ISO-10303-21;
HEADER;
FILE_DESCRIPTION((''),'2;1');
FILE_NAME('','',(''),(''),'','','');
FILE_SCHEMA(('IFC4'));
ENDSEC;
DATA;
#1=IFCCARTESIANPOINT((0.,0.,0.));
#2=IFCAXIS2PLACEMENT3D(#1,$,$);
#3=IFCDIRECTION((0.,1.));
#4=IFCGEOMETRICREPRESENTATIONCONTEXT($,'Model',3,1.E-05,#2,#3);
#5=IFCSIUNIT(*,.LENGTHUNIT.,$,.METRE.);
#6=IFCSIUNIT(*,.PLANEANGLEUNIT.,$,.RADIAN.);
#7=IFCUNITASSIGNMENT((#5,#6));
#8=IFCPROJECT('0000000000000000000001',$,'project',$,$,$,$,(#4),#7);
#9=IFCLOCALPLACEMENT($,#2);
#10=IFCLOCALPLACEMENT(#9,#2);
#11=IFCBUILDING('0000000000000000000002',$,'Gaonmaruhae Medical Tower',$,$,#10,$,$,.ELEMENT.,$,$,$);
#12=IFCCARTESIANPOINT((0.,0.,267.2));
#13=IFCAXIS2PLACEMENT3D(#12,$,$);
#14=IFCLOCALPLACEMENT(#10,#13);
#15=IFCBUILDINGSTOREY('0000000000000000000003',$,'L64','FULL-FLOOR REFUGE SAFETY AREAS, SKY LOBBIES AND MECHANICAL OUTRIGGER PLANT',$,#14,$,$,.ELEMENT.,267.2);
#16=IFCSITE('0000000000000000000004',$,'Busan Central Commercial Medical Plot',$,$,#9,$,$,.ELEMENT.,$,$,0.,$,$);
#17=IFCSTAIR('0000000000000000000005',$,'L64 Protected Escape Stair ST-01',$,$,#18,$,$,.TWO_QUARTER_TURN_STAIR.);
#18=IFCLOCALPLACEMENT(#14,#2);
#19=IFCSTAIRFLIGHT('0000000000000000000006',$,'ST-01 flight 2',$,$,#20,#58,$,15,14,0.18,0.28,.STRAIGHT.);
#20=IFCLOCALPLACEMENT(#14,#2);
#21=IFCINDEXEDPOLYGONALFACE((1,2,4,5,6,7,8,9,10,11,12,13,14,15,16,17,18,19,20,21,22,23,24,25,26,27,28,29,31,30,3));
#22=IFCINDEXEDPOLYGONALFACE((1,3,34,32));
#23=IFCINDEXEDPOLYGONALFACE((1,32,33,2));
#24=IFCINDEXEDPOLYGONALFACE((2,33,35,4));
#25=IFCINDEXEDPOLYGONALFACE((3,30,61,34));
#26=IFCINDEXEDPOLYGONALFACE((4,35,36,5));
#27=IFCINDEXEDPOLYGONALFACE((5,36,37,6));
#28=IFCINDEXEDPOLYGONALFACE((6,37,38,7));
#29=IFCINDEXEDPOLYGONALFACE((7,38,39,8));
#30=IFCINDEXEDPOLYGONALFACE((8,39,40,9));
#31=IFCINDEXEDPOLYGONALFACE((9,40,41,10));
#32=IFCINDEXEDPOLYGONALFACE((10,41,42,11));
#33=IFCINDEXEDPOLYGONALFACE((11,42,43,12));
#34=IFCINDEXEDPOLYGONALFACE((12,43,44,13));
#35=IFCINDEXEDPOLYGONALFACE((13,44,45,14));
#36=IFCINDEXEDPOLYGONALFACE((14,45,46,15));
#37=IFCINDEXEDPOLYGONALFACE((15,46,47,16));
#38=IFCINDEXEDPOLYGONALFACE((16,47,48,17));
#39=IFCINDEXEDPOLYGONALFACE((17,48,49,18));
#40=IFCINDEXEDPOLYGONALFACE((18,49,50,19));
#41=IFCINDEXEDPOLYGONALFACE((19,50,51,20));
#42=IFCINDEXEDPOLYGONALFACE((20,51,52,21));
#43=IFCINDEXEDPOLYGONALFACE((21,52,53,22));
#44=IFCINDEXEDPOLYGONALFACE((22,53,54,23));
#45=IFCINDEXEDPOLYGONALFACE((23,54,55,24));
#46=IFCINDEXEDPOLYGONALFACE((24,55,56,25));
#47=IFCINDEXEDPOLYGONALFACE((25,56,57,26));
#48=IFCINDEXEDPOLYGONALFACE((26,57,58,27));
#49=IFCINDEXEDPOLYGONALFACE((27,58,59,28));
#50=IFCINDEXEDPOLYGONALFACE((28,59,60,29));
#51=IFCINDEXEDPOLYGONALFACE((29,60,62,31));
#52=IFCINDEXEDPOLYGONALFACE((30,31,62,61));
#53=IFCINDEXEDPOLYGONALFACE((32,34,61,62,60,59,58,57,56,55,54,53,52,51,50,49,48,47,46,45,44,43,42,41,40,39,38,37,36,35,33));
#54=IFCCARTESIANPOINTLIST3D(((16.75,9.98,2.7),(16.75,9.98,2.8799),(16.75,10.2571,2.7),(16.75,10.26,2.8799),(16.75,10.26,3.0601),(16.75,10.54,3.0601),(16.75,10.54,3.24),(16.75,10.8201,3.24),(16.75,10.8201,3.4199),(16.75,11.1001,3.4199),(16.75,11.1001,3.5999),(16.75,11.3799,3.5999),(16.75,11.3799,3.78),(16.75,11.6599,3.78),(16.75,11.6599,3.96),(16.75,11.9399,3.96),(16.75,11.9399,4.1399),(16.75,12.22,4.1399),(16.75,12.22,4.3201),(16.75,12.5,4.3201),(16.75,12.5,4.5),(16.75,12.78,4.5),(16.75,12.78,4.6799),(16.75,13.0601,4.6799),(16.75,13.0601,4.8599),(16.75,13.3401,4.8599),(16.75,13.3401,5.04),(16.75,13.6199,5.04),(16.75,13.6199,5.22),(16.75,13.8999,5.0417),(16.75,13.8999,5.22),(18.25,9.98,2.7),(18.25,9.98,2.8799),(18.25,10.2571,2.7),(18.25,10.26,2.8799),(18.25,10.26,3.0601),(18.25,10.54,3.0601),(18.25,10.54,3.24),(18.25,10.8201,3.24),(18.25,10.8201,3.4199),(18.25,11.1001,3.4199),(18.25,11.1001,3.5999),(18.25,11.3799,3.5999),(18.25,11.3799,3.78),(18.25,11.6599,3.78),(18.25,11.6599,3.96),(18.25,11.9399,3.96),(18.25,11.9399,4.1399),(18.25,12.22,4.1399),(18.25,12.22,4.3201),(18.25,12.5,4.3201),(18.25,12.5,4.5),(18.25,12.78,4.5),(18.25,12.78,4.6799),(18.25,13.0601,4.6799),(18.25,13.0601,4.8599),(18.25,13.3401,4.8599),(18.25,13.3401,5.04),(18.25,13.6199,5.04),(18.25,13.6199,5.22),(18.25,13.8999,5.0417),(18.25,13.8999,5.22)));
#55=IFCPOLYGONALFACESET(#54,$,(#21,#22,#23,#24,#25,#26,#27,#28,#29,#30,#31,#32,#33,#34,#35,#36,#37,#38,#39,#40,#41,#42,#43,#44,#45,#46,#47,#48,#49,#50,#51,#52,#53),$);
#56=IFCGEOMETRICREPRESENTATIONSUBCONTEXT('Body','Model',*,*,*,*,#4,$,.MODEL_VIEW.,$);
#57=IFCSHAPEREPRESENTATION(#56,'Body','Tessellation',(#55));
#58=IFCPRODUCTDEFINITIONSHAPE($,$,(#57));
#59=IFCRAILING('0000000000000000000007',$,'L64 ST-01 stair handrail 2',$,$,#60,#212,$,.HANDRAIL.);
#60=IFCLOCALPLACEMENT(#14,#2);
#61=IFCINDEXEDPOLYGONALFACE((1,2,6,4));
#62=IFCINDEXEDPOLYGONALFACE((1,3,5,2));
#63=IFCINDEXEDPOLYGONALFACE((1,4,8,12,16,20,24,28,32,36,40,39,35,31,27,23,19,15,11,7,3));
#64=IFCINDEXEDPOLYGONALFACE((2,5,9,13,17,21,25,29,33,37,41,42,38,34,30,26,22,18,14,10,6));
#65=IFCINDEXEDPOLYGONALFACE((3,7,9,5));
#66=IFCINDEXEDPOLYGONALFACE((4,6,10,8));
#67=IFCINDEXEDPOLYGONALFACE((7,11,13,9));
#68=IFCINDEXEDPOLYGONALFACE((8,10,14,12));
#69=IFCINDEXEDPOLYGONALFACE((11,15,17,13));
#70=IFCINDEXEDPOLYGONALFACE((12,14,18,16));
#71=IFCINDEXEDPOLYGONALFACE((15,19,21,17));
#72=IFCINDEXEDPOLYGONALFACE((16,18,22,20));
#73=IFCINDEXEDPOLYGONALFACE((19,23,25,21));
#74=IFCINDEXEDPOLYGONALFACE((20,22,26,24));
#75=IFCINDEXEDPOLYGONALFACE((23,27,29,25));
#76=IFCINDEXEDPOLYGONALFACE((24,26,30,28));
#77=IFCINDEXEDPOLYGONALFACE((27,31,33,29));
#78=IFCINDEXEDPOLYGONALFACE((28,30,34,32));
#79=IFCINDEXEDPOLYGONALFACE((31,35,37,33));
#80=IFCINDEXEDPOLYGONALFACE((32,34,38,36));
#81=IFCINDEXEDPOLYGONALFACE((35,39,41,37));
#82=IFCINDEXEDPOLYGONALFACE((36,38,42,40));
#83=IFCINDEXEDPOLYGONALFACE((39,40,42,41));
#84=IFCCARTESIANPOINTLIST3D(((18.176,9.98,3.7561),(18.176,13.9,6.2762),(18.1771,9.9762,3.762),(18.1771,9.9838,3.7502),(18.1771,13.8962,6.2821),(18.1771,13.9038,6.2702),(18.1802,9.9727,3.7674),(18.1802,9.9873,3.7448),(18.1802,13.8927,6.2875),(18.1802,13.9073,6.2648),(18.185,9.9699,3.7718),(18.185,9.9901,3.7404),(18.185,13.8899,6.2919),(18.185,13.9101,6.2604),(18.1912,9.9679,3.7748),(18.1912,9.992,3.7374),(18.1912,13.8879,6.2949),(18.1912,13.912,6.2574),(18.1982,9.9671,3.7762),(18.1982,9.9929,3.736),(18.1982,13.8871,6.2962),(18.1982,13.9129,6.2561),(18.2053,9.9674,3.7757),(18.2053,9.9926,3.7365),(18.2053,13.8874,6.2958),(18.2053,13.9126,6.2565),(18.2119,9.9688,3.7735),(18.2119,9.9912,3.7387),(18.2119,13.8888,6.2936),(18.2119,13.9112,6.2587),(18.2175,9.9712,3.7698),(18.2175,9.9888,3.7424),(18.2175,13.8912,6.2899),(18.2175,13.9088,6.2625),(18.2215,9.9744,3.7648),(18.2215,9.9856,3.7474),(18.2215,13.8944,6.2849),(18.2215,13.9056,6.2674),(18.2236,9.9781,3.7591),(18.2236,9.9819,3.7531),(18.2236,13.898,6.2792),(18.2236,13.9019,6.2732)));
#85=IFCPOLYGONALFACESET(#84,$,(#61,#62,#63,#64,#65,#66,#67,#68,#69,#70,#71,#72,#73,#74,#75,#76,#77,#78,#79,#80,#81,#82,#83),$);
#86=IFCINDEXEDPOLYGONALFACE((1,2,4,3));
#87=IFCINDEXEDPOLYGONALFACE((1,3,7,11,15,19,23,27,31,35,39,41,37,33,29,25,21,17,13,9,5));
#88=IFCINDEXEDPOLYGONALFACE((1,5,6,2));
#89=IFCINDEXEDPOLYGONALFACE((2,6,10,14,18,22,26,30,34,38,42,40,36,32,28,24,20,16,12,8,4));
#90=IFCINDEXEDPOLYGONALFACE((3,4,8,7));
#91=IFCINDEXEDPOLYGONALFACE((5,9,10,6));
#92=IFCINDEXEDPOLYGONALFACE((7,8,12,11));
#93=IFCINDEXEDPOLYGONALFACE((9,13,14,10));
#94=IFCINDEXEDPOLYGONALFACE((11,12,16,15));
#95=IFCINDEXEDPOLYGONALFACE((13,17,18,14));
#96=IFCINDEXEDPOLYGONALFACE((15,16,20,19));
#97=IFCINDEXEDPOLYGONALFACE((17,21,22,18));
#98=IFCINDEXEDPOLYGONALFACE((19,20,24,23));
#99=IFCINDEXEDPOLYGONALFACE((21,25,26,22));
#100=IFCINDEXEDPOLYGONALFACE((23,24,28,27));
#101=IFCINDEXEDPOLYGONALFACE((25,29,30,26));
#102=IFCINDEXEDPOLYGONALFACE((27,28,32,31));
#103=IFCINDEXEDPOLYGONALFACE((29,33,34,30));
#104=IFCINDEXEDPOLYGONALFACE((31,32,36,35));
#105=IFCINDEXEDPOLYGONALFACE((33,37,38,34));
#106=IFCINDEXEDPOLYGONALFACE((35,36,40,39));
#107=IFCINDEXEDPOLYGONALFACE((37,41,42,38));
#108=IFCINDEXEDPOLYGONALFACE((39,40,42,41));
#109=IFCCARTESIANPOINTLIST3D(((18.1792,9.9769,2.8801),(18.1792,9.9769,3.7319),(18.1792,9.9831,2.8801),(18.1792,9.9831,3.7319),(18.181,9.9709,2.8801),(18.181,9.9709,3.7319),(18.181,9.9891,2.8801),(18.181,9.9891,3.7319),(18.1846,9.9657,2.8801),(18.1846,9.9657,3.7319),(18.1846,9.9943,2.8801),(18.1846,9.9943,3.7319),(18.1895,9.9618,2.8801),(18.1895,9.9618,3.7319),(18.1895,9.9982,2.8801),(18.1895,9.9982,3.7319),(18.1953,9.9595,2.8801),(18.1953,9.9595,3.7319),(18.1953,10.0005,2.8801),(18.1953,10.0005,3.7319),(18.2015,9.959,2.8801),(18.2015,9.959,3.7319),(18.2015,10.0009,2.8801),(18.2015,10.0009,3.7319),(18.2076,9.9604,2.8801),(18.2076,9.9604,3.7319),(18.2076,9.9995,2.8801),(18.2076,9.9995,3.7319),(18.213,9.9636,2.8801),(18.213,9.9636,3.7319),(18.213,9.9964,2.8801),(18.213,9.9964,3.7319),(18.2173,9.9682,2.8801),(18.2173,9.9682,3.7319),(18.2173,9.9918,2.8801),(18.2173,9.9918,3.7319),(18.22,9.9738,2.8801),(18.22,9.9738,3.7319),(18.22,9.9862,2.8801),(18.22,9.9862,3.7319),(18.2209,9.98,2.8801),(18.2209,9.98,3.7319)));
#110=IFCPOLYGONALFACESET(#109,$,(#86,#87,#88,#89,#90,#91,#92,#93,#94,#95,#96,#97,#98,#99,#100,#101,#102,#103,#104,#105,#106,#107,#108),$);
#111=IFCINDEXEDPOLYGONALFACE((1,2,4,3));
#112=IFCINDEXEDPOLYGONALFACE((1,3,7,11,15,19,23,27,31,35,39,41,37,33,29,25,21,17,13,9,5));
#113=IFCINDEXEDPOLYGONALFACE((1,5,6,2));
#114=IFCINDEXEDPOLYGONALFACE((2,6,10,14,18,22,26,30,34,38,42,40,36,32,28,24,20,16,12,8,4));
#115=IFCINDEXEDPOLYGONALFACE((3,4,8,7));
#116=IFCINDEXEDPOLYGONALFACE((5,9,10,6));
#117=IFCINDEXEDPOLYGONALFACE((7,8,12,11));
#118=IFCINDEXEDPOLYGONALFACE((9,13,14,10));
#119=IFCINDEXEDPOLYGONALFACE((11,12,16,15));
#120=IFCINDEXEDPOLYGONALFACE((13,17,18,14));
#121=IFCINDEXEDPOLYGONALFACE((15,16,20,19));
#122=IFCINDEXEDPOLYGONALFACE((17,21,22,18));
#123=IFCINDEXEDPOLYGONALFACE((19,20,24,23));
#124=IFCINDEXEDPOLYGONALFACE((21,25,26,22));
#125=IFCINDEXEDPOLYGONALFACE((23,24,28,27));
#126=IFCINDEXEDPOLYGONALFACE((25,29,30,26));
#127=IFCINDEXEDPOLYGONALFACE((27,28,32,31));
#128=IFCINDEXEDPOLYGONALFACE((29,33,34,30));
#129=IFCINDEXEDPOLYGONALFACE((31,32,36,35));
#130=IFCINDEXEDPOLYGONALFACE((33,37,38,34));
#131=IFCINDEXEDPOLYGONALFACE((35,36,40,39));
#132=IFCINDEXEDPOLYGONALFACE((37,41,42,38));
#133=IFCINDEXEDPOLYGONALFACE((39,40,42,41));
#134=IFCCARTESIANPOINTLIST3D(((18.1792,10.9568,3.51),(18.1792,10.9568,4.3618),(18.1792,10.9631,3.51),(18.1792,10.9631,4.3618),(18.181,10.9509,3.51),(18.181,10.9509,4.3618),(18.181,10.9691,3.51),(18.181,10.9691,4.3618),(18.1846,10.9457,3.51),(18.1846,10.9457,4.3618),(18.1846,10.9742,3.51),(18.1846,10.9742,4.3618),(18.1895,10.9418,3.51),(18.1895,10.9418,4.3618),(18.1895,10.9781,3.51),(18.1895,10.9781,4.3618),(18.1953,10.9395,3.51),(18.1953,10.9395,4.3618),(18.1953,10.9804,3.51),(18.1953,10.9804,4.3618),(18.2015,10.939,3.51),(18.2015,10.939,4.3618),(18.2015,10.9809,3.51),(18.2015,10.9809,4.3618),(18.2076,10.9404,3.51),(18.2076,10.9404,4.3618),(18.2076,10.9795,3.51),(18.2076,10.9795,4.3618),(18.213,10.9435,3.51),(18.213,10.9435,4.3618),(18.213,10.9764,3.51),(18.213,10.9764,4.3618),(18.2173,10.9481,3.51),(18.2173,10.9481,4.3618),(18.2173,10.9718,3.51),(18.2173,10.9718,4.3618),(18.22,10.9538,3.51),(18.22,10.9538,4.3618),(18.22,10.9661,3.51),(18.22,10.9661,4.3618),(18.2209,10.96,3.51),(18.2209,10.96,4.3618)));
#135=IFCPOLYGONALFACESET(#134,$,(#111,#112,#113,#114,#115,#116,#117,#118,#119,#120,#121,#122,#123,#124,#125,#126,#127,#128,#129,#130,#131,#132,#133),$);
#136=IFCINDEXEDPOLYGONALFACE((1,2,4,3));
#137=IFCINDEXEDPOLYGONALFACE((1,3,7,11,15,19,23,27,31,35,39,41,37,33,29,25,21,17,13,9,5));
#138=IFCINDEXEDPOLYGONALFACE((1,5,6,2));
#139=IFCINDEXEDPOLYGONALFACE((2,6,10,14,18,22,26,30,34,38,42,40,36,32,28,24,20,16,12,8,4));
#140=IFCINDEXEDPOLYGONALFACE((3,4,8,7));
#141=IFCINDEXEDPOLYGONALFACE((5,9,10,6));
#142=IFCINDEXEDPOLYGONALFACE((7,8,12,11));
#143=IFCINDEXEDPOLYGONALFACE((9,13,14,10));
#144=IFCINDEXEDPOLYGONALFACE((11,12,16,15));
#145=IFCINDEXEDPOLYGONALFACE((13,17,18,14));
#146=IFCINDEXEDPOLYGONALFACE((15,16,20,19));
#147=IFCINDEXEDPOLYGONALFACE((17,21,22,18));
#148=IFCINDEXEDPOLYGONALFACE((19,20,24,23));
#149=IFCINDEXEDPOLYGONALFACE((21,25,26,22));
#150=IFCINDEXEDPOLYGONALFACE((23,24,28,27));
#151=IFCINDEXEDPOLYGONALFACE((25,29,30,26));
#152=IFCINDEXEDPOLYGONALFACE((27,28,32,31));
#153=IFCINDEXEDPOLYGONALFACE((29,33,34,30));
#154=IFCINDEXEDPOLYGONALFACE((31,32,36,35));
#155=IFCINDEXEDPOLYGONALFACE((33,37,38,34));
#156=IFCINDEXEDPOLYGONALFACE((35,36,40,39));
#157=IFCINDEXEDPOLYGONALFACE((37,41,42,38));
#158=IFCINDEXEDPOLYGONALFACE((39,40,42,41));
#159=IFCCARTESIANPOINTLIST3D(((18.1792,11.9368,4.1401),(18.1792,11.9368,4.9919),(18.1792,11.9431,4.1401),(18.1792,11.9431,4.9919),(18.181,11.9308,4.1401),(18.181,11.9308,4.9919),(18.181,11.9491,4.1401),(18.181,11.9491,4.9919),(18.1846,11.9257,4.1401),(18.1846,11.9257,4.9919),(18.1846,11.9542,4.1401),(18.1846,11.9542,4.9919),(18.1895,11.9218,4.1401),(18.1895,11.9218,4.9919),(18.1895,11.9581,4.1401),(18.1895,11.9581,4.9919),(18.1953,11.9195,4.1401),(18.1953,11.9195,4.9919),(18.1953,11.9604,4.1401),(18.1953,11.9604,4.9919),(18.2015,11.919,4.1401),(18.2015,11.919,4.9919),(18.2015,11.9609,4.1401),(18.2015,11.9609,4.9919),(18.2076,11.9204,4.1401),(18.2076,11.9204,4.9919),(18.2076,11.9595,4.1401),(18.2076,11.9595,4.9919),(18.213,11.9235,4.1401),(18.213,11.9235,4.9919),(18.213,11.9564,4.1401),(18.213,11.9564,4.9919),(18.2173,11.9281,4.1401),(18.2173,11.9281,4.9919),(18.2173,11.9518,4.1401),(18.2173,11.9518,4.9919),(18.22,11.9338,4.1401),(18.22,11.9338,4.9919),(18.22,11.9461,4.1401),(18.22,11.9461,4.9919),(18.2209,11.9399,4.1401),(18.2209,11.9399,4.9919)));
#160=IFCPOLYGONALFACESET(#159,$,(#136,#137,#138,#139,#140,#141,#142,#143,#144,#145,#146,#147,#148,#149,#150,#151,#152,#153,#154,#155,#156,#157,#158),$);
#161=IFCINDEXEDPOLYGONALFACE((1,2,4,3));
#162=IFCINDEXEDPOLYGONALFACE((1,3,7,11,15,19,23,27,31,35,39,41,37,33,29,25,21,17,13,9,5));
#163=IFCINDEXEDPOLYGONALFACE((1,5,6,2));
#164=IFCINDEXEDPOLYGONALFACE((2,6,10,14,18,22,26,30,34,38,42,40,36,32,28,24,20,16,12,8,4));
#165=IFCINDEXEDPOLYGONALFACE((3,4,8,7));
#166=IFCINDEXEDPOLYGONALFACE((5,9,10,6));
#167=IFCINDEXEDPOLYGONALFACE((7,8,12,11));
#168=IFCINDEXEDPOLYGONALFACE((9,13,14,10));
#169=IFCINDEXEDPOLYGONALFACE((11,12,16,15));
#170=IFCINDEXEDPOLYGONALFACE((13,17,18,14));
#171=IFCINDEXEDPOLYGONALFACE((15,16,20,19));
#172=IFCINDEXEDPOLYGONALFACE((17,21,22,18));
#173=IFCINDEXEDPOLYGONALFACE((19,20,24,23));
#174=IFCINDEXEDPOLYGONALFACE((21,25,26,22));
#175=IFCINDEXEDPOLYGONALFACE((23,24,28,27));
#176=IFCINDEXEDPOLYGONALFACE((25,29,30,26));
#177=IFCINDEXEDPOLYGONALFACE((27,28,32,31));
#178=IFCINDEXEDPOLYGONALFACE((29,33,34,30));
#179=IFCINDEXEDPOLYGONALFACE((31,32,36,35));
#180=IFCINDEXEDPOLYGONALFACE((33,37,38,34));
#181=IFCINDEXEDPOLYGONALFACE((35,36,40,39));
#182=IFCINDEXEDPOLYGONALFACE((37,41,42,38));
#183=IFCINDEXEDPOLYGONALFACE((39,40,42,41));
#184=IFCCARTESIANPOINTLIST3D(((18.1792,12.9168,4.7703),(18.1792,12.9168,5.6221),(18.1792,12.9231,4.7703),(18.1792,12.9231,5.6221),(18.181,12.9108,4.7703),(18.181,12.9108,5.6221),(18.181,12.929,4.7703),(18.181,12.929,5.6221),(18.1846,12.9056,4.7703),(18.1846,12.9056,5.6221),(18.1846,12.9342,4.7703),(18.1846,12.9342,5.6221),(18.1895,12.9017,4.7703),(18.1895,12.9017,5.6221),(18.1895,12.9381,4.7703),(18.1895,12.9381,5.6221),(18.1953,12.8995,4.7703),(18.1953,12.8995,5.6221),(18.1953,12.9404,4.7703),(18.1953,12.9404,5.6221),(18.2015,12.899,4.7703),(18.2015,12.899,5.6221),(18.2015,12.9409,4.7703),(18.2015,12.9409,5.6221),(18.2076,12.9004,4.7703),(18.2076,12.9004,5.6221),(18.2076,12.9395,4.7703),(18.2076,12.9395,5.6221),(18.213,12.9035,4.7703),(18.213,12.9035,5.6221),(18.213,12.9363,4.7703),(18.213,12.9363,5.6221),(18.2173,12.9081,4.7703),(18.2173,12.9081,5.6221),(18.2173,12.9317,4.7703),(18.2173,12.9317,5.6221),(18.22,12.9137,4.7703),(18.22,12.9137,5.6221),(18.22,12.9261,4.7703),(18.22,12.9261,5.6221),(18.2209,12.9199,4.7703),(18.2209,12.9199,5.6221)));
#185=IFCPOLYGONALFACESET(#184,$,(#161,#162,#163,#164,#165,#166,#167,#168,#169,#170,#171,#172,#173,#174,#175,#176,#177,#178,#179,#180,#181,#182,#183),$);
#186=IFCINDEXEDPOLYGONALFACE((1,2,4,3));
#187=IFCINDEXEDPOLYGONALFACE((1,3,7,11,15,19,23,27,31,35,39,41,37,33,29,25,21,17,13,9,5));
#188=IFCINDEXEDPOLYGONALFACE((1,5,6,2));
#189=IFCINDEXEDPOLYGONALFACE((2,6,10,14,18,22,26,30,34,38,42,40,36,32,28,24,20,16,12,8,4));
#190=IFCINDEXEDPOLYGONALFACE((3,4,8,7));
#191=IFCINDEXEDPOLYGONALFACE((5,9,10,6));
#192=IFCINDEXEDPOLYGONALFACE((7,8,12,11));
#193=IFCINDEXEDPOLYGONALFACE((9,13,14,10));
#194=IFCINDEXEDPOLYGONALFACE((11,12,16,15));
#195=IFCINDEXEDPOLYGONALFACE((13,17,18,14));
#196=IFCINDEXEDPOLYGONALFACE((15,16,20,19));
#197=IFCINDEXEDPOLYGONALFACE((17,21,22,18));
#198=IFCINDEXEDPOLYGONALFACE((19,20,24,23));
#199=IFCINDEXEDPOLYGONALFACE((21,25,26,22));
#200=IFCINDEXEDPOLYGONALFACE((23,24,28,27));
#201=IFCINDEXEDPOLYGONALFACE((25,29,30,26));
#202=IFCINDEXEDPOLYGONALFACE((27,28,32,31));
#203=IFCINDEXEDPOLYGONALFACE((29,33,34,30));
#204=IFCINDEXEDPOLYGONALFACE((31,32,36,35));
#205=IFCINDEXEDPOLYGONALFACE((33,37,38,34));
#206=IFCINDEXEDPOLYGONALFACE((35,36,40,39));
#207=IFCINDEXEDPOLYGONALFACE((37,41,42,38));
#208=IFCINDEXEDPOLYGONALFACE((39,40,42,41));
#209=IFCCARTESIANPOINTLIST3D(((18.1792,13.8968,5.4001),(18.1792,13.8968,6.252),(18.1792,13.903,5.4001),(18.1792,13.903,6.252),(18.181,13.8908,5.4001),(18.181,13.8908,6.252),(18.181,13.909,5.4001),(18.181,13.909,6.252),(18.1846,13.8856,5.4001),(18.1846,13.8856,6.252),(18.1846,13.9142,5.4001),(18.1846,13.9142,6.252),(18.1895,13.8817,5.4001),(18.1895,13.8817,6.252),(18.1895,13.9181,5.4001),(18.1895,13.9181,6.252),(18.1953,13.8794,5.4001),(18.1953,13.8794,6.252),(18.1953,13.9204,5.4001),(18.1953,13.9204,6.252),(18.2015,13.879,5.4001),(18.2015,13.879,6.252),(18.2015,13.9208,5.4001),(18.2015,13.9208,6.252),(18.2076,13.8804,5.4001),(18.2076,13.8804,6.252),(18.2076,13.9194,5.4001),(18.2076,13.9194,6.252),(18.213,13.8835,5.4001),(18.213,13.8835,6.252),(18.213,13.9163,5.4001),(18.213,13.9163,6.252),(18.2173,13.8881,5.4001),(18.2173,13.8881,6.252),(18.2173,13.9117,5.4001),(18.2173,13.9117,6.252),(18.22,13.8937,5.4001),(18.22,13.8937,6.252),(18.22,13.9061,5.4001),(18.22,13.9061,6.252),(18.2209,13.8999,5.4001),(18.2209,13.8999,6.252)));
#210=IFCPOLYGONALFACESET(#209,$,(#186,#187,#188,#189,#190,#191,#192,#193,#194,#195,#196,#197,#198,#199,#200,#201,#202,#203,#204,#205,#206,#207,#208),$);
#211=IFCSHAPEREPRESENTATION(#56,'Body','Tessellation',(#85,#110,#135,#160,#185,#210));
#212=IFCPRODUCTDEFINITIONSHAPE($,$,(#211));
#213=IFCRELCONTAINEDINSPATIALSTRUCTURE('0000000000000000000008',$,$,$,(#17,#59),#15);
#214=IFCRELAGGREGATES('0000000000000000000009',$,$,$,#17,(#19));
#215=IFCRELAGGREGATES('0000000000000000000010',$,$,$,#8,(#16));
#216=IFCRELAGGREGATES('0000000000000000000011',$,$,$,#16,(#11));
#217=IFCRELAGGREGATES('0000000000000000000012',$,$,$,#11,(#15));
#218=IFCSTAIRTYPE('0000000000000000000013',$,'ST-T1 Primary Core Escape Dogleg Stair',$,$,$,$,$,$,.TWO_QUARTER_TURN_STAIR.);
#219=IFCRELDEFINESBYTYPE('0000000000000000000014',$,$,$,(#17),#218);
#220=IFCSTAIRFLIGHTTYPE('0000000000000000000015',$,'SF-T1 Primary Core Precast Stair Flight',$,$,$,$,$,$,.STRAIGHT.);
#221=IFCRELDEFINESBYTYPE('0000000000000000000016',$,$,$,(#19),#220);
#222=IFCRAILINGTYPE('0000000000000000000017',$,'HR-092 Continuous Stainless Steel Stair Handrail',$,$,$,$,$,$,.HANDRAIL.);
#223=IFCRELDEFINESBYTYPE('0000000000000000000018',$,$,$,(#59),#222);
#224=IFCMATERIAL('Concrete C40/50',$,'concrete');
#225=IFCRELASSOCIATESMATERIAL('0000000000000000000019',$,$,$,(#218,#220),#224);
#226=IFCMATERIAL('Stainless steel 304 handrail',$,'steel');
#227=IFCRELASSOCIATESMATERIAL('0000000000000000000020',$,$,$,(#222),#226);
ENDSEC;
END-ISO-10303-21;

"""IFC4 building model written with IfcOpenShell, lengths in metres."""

from ifc_helpers import new_model, si_unit, direction, frame, origin, origin_2d, place, context, subcontext, project, spatial, polyline, circle, outline, extrude, material, type_object, element, aggregate, save


model = new_model("IFC4")

# Units and contexts
model_context = context("Model", 3, precision=1e-05, world=origin(), true_north=direction((0.0, 1.0)))
body_context = subcontext(model_context, "Body", "Model", "MODEL_VIEW")
ifc_project = project(units=[si_unit("LENGTHUNIT", "METRE"), si_unit("PLANEANGLEUNIT", "RADIAN")], contexts=[model_context])

# Site, building, storey
site_placement = place(None, origin())
site = spatial("IfcSite", under=ifc_project, at=site_placement, Name="Busan Central Commercial Medical Plot", CompositionType="ELEMENT", RefElevation=0.0)
building_placement = place(site_placement, origin())
building = spatial("IfcBuilding", under=site, at=building_placement, Name="Gaonmaruhae Medical Tower", CompositionType="ELEMENT")
storey_placement = place(building_placement, frame((0.0, 0.0, 267.2)))
storey = spatial("IfcBuildingStorey", under=building, at=storey_placement, Name="L64", Description="FULL-FLOOR REFUGE SAFETY AREAS, SKY LOBBIES AND MECHANICAL OUTRIGGER PLANT", CompositionType="ELEMENT", Elevation=267.2)

# Stair, stair flight
ifc_material_1 = material(Name="Concrete C40/50", Category="concrete")
stair_type = type_object("IfcStairType", Name="ST-T1 Primary Core Escape Dogleg Stair", PredefinedType="TWO_QUARTER_TURN_STAIR", material=ifc_material_1)
stair_placement = place(storey_placement, origin())
stair = element("IfcStair", 1, at=stair_placement, inside=storey, type_object=stair_type, Name="L64 Protected Escape Stair ST-01", PredefinedType="TWO_QUARTER_TURN_STAIR")
stair_flight_type = type_object("IfcStairFlightType", Name="SF-T1 Primary Core Precast Stair Flight", PredefinedType="STRAIGHT", material=ifc_material_1)
stair_flight_placement = place(storey_placement, frame((17.5, 9.98, 2.7), z_axis=(0.0, 0.0, 1.0), x_axis=(0.0, 1.0, 0.0)))
stair_flight = element("IfcStairFlight", 2, at=stair_flight_placement, type_object=stair_flight_type, Name="ST-01 flight 2", NumberOfRisers=15, NumberOfTreads=14, PredefinedType="STRAIGHT", RiserHeight=0.18, TreadLength=0.28, context=body_context, shape_type="SweptSolid", body=[
    extrude(outline(polyline([(0.0, 0.0), (0.0, 0.1799), (0.28, 0.1799), (0.28, 0.3601), (0.5601, 0.3601), (0.5601, 0.54), (0.8401, 0.54), (0.8401, 0.72), (1.1201, 0.72), (1.1201, 0.8999), (1.3999, 0.8999), (1.3999, 1.0801), (1.6799, 1.0801), (1.6799, 1.26), (1.96, 1.26), (1.96, 1.4399), (2.24, 1.4399), (2.24, 1.6201), (2.52, 1.6201), (2.52, 1.8), (2.8, 1.8), (2.8, 1.98), (3.0801, 1.98), (3.0801, 2.1599), (3.3601, 2.1599), (3.3601, 2.3401), (3.6399, 2.3401), (3.6399, 2.52), (3.9199, 2.52), (3.9199, 2.7), (3.9199, 2.3418), (0.2771, 0.0), (0.0, 0.0)])), frame((0.0, 0.75, 0.0), z_axis=(0.0, -1.0, 0.0), x_axis=(1.0, 0.0, 0.0)), (0.0, 0.0, 1.0), 1.5),
])
aggregate(stair, [stair_flight])

# Railing
ifc_material_2 = material(Name="Stainless steel 304 handrail", Category="steel")
railing_type_1 = type_object("IfcRailingType", Name="HR-092 Continuous Stainless Steel Stair Handrail", PredefinedType="HANDRAIL", material=ifc_material_2)
railing_1_placement = place(storey_placement, frame((18.2, 9.98, 2.8801)))
element("IfcRailing", 3, at=railing_1_placement, inside=storey, type_object=railing_type_1, Name="L64 ST-01 stair handrail 2", PredefinedType="HANDRAIL", context=body_context, shape_type="SweptSolid", body=[
    extrude(circle(Radius=0.0239, at=origin_2d()), frame((0.0, 0.0, 0.876), z_axis=(0.0, 0.841172, 0.540768), x_axis=(-1.0, 0.0, 0.0)), (0.0, 0.0, 1.0), 4.6602),
    extrude(circle(Radius=0.021, at=origin_2d()), origin(), (0.0, 0.0, 1.0), 0.8518),
    extrude(circle(Radius=0.021, at=origin_2d()), frame((0.0, 0.98, 0.6299)), (0.0, 0.0, 1.0), 0.8518),
    extrude(circle(Radius=0.021, at=origin_2d()), frame((0.0, 1.96, 1.26)), (0.0, 0.0, 1.0), 0.8518),
    extrude(circle(Radius=0.021, at=origin_2d()), frame((0.0, 2.9399, 1.8901)), (0.0, 0.0, 1.0), 0.8518),
    extrude(circle(Radius=0.021, at=origin_2d()), frame((0.0, 3.9199, 2.52)), (0.0, 0.0, 1.0), 0.8518),
])

save(model, "model.ifc")
